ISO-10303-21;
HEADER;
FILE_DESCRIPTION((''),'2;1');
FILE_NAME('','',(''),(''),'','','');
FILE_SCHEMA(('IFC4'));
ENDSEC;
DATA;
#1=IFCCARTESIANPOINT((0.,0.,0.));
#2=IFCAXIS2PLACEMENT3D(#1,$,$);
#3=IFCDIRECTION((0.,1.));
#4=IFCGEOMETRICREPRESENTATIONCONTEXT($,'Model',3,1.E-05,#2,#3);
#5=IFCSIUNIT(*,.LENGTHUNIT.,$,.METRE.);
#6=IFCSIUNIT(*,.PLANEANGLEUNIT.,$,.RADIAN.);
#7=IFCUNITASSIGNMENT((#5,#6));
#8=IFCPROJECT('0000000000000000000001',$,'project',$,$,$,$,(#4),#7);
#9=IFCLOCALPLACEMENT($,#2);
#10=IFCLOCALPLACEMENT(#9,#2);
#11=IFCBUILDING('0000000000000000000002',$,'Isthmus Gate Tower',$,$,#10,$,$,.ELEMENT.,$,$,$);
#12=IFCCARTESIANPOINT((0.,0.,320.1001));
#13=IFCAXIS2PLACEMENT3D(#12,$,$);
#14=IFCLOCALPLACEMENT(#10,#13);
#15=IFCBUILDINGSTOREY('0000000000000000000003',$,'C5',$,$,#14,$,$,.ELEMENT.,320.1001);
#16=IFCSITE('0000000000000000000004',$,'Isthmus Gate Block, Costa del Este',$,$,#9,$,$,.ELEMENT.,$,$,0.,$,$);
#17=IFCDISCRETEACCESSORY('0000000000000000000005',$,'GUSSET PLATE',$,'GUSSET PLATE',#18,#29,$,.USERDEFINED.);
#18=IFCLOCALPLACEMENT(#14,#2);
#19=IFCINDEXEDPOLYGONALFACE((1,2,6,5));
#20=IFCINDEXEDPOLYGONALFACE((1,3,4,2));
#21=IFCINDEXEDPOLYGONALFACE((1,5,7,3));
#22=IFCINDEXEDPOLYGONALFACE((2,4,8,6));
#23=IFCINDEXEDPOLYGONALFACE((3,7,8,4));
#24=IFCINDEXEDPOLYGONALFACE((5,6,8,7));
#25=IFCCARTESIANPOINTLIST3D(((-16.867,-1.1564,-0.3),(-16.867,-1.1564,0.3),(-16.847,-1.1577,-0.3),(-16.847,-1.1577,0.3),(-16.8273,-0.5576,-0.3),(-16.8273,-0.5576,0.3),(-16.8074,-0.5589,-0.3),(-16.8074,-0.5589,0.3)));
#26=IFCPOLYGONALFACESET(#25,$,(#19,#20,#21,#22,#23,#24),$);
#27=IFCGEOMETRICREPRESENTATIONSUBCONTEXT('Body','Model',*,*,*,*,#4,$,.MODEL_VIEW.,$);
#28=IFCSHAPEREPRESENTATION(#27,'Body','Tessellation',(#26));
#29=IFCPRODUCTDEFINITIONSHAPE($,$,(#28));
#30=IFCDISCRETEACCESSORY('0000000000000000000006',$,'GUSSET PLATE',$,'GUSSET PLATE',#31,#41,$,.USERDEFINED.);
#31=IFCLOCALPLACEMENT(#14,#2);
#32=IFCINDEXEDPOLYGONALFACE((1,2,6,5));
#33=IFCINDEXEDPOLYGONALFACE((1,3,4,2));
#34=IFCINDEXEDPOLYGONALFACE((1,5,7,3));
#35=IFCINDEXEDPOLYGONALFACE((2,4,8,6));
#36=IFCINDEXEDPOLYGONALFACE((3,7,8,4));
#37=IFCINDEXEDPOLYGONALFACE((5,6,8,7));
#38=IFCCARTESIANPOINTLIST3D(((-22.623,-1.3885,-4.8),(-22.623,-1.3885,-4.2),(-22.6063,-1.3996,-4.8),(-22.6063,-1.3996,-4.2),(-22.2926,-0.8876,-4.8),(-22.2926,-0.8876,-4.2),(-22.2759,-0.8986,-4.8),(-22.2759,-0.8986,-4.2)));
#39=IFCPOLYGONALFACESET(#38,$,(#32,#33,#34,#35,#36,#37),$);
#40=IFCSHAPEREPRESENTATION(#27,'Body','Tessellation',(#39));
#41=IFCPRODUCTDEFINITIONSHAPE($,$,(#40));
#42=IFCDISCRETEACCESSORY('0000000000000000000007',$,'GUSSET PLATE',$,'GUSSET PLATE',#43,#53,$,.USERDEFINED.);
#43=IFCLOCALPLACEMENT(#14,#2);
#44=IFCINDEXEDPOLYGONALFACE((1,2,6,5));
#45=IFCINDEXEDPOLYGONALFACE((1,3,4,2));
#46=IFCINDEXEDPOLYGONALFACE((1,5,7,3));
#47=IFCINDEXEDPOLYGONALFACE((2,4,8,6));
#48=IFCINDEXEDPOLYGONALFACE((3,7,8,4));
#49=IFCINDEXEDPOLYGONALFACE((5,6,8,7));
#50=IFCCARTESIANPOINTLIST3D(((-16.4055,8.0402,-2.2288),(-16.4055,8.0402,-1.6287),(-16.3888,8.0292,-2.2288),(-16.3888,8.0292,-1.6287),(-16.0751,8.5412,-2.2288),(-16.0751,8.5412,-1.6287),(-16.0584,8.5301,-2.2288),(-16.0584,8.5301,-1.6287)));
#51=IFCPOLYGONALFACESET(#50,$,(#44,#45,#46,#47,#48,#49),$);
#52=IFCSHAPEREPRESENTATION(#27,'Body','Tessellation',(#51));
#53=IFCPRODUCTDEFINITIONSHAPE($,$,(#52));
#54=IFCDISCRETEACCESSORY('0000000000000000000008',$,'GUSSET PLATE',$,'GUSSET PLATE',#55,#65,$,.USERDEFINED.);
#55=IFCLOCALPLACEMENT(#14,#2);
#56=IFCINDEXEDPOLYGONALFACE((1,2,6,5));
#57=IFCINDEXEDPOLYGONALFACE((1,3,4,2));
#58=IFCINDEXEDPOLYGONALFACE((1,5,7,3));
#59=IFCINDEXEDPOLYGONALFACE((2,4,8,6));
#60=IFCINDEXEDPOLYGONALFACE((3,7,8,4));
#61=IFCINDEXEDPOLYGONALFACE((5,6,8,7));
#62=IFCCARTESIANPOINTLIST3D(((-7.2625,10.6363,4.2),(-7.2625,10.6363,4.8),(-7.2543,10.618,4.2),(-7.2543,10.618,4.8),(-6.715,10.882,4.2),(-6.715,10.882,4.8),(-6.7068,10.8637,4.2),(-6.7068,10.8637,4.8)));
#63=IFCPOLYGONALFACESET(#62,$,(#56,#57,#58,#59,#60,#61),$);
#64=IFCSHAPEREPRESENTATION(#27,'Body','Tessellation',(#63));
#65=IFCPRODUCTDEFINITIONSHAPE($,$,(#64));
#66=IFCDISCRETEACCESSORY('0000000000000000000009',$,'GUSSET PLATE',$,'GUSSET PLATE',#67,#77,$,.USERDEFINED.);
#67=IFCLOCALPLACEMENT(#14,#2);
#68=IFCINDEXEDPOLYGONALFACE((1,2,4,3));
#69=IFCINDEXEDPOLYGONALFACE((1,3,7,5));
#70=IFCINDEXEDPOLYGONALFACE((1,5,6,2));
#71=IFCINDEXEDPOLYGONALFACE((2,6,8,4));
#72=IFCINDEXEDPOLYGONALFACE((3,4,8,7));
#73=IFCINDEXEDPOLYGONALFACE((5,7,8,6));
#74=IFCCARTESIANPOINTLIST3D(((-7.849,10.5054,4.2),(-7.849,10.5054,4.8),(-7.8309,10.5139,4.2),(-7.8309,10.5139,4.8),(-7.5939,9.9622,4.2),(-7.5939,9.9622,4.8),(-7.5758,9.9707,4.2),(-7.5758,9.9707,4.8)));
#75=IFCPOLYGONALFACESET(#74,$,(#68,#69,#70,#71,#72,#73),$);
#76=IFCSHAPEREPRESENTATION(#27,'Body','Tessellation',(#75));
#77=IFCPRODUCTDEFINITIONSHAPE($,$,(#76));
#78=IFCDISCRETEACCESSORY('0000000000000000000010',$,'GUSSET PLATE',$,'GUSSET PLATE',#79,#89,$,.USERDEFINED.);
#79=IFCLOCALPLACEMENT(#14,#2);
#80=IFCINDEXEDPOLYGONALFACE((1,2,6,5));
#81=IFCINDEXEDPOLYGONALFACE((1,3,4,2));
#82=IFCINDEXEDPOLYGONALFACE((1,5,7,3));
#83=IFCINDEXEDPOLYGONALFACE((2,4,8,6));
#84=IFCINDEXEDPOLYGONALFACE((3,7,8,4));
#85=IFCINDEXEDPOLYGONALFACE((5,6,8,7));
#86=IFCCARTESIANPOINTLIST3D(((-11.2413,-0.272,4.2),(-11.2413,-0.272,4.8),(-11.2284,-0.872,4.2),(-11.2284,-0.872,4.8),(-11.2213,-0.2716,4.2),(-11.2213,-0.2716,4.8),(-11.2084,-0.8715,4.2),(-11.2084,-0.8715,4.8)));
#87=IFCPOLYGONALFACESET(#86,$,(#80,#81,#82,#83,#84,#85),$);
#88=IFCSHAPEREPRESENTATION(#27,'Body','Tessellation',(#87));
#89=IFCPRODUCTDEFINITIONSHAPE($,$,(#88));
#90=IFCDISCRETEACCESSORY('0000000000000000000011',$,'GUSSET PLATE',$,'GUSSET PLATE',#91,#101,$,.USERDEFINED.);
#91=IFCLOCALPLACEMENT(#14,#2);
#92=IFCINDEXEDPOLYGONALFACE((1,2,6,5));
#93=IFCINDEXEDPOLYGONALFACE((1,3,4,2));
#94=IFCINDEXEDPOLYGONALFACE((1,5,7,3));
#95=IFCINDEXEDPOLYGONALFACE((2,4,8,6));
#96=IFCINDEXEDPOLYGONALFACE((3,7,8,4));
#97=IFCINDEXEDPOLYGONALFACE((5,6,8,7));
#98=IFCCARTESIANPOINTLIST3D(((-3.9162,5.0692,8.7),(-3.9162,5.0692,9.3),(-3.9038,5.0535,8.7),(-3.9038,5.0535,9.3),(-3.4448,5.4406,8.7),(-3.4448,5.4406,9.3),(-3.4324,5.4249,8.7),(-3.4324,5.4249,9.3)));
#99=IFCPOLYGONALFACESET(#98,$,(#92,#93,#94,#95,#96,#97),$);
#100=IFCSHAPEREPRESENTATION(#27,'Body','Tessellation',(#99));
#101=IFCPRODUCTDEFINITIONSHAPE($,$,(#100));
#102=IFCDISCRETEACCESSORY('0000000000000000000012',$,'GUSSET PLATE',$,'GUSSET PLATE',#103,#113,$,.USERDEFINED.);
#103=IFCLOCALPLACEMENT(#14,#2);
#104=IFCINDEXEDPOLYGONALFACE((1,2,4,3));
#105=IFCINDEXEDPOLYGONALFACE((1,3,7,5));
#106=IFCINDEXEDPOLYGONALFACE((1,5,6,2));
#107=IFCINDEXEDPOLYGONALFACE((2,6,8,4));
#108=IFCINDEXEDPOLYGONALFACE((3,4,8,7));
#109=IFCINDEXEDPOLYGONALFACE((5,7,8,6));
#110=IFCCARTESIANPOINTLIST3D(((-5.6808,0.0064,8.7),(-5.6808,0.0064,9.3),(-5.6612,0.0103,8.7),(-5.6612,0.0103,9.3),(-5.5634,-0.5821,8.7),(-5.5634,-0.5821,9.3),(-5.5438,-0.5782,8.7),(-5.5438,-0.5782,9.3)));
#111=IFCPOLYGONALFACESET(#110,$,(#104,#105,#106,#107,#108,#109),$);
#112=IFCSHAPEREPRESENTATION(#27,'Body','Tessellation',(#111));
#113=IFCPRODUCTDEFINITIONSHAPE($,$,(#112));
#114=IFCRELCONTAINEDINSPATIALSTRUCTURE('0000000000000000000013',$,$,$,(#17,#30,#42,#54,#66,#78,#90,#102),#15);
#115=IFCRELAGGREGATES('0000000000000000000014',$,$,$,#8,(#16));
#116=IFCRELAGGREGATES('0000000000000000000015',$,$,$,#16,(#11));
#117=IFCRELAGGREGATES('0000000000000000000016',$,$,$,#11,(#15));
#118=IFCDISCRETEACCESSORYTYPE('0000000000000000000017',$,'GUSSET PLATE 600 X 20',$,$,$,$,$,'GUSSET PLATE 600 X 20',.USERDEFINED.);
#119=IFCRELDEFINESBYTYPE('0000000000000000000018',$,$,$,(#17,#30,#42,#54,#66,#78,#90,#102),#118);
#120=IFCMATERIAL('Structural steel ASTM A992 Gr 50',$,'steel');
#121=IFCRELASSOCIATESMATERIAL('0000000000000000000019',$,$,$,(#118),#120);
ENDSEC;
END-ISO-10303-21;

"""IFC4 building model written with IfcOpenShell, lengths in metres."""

from ifc_helpers import new_model, si_unit, direction, frame, origin, origin_2d, place, context, subcontext, project, spatial, rectangle, extrude, material, type_object, element, save


model = new_model("IFC4")

# Units and contexts
model_context = context("Model", 3, precision=1e-05, world=origin(), true_north=direction((0.0, 1.0)))
body_context = subcontext(model_context, "Body", "Model", "MODEL_VIEW")
ifc_project = project(units=[si_unit("LENGTHUNIT", "METRE"), si_unit("PLANEANGLEUNIT", "RADIAN")], contexts=[model_context])

# Site, building, storey
site_placement = place(None, origin())
site = spatial("IfcSite", under=ifc_project, at=site_placement, Name="Isthmus Gate Block, Costa del Este", CompositionType="ELEMENT", RefElevation=0.0)
building_placement = place(site_placement, origin())
building = spatial("IfcBuilding", under=site, at=building_placement, Name="Isthmus Gate Tower", CompositionType="ELEMENT")
storey_placement = place(building_placement, frame((0.0, 0.0, 320.1001)))
storey = spatial("IfcBuildingStorey", under=building, at=storey_placement, Name="C5", CompositionType="ELEMENT", Elevation=320.1001)

# Discrete accessories
ifc_material_1 = material(Name="Structural steel ASTM A992 Gr 50", Category="steel")
discrete_accessory_type = type_object("IfcDiscreteAccessoryType", Name="GUSSET PLATE 600 X 20", ElementType="GUSSET PLATE 600 X 20", PredefinedType="USERDEFINED", material=ifc_material_1)
for number, where, z_axis, x_axis, name in (
    (1, (-16.8372, -0.8577, -0.3), (0.0, 0.0, 1.0), (-0.066052, -0.997816, 0.0), "GUSSET PLATE"),
    (2, (-22.4495, -1.1436, -4.8), (0.0, 0.0, 1.0), (0.550507, 0.834831, 0.0), "GUSSET PLATE"),
    (3, (-16.2319, 8.2852, -2.2288), (0.0, 0.0, 1.0), (0.550507, 0.834831, 0.0), "GUSSET PLATE"),
    (4, (-6.9846, 10.75, 4.2), (0.0, 0.0, 1.0), (-0.912373, -0.40936, 0.0), "GUSSET PLATE"),
    (5, (-7.7124, 10.238, 4.2), (0.0, 0.0, 1.0), (0.42506, -0.905165, 0.0), "GUSSET PLATE"),
    (6, (-11.2249, -0.5718, 4.2), (0.0, 0.0, 1.0), (0.021587, -0.999767, 0.0), "GUSSET PLATE"),
    (7, (-3.6743, 5.2471, 8.7), (0.0, 0.0, 1.0), (-0.785501, -0.61886, 0.0), "GUSSET PLATE"),
    (8, (-5.6123, -0.2859, 8.7), (0.0, 0.0, 1.0), (0.195697, -0.980664, 0.0), "GUSSET PLATE"),
):
    element("IfcDiscreteAccessory", number, at=place(storey_placement, frame(where, z_axis=z_axis, x_axis=x_axis)), inside=storey, type_object=discrete_accessory_type, Name=name, ObjectType="GUSSET PLATE", PredefinedType="USERDEFINED", context=body_context, shape_type="SweptSolid", body=[
        extrude(rectangle(XDim=0.6001, YDim=0.02, at=origin_2d()), origin(), (0.0, 0.0, 1.0), 0.6001),
    ])

save(model, "model.ifc")
